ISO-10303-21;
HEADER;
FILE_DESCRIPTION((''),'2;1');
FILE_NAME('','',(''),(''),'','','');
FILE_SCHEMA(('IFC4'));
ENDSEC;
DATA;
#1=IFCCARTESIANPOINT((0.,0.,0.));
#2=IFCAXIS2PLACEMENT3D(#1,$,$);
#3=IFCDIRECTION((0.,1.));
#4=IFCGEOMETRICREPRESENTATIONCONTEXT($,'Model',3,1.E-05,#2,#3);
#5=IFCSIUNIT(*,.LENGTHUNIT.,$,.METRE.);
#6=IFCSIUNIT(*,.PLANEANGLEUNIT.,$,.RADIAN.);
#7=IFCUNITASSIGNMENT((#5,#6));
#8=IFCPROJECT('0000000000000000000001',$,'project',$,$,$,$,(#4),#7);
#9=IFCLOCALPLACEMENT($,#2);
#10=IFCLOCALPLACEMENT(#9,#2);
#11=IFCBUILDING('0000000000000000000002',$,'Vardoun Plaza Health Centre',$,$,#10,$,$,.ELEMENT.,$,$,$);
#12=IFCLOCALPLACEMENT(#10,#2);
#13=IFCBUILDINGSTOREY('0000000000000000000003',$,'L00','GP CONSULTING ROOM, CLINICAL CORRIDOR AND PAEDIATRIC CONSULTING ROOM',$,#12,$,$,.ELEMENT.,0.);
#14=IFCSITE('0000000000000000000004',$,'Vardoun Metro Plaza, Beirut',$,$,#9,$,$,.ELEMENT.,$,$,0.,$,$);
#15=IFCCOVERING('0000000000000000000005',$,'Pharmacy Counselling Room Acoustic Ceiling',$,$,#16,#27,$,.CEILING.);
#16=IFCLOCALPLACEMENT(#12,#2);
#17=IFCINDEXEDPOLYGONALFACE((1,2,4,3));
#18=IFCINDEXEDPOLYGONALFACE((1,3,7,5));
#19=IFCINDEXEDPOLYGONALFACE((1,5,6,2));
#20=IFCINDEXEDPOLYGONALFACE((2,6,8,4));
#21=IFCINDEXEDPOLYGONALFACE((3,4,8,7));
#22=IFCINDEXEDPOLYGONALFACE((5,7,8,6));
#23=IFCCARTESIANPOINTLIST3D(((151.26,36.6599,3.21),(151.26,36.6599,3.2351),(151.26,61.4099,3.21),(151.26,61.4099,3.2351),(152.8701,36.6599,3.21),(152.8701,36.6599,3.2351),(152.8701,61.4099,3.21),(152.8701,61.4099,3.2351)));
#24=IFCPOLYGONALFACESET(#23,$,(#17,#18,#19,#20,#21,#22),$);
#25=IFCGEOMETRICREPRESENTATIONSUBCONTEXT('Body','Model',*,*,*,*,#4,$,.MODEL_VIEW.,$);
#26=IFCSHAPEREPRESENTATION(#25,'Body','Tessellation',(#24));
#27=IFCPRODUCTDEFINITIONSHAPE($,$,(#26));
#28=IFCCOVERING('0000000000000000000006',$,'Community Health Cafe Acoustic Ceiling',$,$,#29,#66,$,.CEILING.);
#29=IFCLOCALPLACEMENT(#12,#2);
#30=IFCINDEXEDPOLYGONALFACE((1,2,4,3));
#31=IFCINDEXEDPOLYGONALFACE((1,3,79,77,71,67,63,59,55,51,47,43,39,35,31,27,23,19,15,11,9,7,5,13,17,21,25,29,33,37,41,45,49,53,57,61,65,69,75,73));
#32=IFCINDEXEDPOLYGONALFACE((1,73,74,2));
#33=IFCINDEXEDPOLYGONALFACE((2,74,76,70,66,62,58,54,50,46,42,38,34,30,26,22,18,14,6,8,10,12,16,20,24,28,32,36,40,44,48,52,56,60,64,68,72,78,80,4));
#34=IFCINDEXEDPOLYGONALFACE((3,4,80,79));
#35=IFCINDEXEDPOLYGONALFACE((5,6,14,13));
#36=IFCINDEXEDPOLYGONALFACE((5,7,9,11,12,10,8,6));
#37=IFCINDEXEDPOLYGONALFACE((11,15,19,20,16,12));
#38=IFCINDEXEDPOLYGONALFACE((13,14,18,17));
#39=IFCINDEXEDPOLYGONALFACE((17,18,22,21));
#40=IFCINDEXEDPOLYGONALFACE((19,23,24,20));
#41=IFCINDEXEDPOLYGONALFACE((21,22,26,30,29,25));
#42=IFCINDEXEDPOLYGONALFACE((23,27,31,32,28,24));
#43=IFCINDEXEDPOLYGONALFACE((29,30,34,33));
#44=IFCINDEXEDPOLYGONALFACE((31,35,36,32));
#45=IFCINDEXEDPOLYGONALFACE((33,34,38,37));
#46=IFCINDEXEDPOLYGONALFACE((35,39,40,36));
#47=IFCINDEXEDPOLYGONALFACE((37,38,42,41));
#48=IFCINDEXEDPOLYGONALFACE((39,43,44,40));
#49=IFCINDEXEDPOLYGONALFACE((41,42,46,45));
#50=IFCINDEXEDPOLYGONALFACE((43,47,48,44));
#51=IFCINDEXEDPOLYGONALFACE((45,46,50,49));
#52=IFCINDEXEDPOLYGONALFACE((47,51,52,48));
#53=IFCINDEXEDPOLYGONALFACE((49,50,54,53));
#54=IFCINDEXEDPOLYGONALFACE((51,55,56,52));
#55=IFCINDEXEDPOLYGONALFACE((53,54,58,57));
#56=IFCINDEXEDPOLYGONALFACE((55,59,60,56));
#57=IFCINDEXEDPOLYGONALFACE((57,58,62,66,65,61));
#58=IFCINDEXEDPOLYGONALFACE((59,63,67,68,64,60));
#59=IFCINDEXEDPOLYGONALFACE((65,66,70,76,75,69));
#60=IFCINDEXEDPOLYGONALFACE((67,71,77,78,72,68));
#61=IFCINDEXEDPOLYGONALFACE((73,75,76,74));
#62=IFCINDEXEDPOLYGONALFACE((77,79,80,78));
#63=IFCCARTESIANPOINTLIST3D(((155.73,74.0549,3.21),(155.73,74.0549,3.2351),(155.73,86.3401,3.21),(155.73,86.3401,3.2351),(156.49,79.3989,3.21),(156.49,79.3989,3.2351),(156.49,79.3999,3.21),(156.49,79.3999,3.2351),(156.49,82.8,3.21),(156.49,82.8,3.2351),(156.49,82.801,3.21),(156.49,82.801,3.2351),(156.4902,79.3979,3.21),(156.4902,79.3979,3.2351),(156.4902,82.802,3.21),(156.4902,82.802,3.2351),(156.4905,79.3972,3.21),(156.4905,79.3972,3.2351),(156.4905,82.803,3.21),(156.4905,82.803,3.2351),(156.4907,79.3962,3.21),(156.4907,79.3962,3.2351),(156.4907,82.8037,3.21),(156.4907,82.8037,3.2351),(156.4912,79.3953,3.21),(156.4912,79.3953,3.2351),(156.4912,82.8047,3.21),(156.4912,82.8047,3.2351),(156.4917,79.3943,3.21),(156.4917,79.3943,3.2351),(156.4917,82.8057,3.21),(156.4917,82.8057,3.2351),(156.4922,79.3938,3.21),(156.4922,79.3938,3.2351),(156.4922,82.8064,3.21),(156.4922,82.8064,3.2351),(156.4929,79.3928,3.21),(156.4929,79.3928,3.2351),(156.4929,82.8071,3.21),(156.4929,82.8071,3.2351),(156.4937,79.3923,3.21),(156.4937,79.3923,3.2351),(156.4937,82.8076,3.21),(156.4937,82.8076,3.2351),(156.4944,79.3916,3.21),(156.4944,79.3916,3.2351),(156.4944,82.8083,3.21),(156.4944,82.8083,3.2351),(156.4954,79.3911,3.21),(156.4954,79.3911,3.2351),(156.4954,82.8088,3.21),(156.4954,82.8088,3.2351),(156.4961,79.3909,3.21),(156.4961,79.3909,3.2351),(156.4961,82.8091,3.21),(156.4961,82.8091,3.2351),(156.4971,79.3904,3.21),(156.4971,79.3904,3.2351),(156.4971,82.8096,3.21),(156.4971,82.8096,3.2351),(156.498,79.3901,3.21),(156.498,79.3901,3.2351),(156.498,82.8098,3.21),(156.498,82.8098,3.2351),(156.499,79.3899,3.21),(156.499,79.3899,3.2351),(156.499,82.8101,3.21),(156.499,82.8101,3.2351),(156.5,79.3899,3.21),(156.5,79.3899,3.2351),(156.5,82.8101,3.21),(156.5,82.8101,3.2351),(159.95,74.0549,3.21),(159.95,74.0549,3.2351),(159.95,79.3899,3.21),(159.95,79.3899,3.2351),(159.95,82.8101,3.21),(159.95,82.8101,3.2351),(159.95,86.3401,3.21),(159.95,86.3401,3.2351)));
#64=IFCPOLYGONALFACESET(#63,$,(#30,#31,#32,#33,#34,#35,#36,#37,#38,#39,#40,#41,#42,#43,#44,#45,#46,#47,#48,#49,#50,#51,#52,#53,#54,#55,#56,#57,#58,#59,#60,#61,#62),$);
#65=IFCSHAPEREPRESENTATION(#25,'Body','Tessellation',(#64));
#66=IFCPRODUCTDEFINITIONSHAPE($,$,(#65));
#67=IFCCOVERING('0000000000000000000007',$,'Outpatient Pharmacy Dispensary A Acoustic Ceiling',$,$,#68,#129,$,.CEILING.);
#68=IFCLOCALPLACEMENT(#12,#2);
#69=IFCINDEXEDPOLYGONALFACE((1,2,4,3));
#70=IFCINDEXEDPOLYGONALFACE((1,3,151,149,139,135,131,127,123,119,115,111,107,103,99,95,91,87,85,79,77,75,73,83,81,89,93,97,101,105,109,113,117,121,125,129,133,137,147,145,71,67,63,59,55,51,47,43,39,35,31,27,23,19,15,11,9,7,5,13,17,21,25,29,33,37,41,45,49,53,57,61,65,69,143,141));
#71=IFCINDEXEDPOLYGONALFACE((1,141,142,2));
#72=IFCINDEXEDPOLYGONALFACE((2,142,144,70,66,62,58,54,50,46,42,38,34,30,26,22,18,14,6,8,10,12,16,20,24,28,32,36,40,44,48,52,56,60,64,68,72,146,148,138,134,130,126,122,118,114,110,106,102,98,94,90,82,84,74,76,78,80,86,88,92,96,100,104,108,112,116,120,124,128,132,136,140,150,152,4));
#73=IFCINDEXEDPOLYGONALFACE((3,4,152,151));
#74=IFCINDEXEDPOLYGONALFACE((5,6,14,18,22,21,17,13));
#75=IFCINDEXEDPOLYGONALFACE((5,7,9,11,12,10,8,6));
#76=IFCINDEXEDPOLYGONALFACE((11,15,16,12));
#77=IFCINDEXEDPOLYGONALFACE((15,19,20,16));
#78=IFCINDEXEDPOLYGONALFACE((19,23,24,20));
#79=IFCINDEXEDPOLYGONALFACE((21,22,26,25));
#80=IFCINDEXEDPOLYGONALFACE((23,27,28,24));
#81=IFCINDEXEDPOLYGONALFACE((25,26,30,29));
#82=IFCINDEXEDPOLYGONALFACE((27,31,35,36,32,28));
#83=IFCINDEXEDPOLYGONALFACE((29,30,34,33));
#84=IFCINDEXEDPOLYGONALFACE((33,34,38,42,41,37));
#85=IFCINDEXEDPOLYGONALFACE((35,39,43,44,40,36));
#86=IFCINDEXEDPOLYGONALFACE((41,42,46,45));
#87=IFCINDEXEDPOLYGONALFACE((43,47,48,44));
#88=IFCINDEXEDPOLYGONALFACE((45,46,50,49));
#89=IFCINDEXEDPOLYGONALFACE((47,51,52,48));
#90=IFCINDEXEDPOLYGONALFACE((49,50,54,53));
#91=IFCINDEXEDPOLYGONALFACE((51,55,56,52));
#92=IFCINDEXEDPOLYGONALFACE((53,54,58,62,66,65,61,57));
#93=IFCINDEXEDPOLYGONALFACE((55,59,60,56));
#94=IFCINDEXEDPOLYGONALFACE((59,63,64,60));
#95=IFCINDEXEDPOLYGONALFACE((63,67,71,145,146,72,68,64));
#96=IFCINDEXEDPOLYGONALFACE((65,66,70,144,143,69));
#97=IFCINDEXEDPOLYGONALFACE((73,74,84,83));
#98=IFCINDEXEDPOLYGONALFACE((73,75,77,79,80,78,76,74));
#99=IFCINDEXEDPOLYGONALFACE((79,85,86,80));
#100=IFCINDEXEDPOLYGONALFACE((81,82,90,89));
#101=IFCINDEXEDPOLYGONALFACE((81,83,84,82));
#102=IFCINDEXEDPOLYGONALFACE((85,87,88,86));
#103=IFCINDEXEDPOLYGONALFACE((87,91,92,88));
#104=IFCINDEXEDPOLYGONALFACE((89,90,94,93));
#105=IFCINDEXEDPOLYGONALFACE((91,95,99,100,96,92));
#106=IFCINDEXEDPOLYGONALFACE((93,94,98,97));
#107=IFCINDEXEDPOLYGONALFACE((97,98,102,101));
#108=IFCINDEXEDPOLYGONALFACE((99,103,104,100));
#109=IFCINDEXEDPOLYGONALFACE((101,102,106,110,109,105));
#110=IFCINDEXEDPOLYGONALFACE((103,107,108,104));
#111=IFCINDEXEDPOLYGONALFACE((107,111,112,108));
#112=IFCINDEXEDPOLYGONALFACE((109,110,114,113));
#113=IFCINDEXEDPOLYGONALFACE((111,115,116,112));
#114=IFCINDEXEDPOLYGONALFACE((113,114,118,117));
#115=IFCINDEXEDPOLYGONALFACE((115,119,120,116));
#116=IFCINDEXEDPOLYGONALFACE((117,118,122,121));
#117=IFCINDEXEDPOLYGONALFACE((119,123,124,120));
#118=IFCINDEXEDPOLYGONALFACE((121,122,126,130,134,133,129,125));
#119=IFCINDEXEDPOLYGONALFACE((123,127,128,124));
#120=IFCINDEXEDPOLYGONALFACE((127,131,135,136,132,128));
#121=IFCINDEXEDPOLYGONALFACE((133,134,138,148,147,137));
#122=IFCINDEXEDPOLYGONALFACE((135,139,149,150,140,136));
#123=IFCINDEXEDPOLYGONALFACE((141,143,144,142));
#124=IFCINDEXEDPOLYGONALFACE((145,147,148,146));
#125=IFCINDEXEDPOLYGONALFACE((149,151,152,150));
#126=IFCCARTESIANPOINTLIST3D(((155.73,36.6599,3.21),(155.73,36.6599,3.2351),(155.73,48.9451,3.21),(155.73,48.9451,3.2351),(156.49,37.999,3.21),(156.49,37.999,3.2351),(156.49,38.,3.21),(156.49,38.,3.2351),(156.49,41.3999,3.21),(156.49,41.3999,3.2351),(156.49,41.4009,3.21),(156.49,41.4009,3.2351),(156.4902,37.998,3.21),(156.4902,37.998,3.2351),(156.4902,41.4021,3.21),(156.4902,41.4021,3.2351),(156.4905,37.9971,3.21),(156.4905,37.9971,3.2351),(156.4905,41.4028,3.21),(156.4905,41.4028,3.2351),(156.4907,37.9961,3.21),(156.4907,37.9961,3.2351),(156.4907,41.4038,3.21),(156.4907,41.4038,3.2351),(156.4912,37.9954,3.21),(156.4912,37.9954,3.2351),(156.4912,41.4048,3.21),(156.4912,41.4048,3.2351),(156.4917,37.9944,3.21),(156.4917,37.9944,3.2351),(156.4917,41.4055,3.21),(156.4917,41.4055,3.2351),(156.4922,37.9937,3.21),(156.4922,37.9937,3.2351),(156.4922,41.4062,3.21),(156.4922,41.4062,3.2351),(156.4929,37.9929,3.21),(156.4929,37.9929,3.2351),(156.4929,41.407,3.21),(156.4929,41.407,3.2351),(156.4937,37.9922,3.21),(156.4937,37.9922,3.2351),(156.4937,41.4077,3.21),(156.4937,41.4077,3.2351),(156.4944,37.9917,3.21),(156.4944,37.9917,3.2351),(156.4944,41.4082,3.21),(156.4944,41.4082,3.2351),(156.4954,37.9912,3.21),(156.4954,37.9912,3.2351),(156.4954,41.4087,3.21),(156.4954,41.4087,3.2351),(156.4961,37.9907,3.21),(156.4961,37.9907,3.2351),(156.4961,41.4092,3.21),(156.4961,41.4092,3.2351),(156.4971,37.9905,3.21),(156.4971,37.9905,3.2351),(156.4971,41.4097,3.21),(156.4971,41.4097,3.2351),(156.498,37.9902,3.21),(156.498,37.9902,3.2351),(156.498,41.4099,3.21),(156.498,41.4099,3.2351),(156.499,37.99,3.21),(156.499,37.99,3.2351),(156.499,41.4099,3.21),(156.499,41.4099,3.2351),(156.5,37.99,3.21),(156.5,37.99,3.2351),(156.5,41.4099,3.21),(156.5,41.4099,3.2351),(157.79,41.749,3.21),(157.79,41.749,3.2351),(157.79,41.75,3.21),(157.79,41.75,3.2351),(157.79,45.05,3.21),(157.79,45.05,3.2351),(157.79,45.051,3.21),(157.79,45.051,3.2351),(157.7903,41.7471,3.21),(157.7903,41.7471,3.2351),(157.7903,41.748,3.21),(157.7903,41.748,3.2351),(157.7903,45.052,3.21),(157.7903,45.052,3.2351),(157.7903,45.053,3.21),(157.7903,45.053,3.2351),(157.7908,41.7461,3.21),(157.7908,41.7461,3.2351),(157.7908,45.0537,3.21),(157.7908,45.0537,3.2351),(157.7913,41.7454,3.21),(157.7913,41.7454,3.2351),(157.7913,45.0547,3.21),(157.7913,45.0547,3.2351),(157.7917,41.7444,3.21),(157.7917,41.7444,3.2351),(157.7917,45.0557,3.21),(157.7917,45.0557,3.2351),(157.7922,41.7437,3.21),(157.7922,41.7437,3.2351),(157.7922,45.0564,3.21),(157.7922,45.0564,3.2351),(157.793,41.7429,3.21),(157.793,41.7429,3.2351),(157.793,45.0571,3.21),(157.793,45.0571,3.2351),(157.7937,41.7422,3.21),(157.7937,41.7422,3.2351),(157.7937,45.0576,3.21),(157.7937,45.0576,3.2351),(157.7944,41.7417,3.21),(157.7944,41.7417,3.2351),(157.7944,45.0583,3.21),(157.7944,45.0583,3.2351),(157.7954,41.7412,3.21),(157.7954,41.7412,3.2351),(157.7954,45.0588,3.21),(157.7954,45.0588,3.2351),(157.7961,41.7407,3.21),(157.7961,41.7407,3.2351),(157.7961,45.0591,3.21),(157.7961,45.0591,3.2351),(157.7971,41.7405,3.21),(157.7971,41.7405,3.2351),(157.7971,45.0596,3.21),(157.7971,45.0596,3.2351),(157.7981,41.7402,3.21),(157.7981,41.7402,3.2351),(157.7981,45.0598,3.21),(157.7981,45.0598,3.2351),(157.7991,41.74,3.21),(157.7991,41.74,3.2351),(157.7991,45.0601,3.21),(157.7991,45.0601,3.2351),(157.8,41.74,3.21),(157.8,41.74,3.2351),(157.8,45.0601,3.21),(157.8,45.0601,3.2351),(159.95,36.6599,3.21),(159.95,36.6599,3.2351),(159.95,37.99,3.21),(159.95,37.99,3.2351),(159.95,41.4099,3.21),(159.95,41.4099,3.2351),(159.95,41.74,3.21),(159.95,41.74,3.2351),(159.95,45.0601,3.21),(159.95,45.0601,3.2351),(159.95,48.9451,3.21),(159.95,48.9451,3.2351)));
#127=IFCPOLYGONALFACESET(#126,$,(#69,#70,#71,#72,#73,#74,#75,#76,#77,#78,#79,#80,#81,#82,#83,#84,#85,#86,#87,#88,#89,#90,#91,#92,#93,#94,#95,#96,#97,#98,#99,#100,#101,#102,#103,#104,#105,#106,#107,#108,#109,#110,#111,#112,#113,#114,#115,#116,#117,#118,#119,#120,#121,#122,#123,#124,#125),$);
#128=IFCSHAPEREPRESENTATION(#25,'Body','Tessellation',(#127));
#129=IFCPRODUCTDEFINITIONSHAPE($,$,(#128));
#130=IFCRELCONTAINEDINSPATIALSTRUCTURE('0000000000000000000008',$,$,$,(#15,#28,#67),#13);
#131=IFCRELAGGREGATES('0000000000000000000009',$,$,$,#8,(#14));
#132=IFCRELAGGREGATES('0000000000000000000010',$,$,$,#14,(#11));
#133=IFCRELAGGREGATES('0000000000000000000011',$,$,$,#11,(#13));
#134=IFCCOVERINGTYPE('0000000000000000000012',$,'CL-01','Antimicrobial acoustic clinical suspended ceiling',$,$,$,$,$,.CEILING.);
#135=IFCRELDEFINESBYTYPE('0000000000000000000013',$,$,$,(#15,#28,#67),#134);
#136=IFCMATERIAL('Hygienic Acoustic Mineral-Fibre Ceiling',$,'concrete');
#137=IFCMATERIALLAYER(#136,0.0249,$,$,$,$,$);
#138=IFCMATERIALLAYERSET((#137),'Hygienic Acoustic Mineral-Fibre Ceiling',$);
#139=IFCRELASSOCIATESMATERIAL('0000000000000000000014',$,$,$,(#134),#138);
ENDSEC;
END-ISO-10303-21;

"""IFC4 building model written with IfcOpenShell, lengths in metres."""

from ifc_helpers import new_model, si_unit, direction, frame, origin, place, context, subcontext, project, spatial, polyline, outline, extrude, material, layer, layer_set, type_object, element, save


model = new_model("IFC4")

# Units and contexts
model_context = context("Model", 3, precision=1e-05, world=origin(), true_north=direction((0.0, 1.0)))
body_context = subcontext(model_context, "Body", "Model", "MODEL_VIEW")
ifc_project = project(units=[si_unit("LENGTHUNIT", "METRE"), si_unit("PLANEANGLEUNIT", "RADIAN")], contexts=[model_context])

# Site, building, storey
site_placement = place(None, origin())
site = spatial("IfcSite", under=ifc_project, at=site_placement, Name="Vardoun Metro Plaza, Beirut", CompositionType="ELEMENT", RefElevation=0.0)
building_placement = place(site_placement, origin())
building = spatial("IfcBuilding", under=site, at=building_placement, Name="Vardoun Plaza Health Centre", CompositionType="ELEMENT")
storey_placement = place(building_placement, origin())
storey = spatial("IfcBuildingStorey", under=building, at=storey_placement, Name="L00", Description="GP CONSULTING ROOM, CLINICAL CORRIDOR AND PAEDIATRIC CONSULTING ROOM", CompositionType="ELEMENT", Elevation=0.0)

# Coverings
ifc_material_1 = material(Name="Hygienic Acoustic Mineral-Fibre Ceiling", Category="concrete")
ifc_layer_1 = layer(ifc_material_1, 0.0249)
ifc_layer_set_1 = layer_set([ifc_layer_1], Name="Hygienic Acoustic Mineral-Fibre Ceiling")
covering_type_1 = type_object("IfcCoveringType", Name="CL-01", Description="Antimicrobial acoustic clinical suspended ceiling", PredefinedType="CEILING", material=ifc_layer_set_1)
covering_1_placement = place(storey_placement, frame((0.0, 0.0, 3.21)))
element("IfcCovering", 1, at=covering_1_placement, inside=storey, type_object=covering_type_1, Name="Pharmacy Counselling Room Acoustic Ceiling", PredefinedType="CEILING", context=body_context, shape_type="SweptSolid", body=[
    extrude(outline(polyline([(152.8701, 36.6599), (151.26, 36.6599), (151.26, 61.4099), (152.8701, 61.4099), (152.8701, 36.6599)])), origin(), (0.0, 0.0, 1.0), 0.0251),
])
covering_2_placement = place(storey_placement, frame((0.0, 0.0, 3.21)))
element("IfcCovering", 2, at=covering_2_placement, inside=storey, type_object=covering_type_1, Name="Community Health Cafe Acoustic Ceiling", PredefinedType="CEILING", context=body_context, shape_type="SweptSolid", body=[
    extrude(outline(polyline([(159.95, 86.3401), (159.95, 82.8101), (156.5, 82.8101), (156.499, 82.8101), (156.498, 82.8098), (156.4971, 82.8096), (156.4961, 82.8091), (156.4954, 82.8088), (156.4944, 82.8083), (156.4937, 82.8076), (156.4929, 82.8071), (156.4922, 82.8064), (156.4917, 82.8057), (156.4912, 82.8047), (156.4907, 82.8037), (156.4905, 82.803), (156.4902, 82.802), (156.49, 82.801), (156.49, 82.8), (156.49, 79.3999), (156.49, 79.3989), (156.4902, 79.3979), (156.4905, 79.3972), (156.4907, 79.3962), (156.4912, 79.3953), (156.4917, 79.3943), (156.4922, 79.3938), (156.4929, 79.3928), (156.4937, 79.3923), (156.4944, 79.3916), (156.4954, 79.3911), (156.4961, 79.3909), (156.4971, 79.3904), (156.498, 79.3901), (156.499, 79.3899), (156.5, 79.3899), (159.95, 79.3899), (159.95, 74.0549), (155.73, 74.0549), (155.73, 86.3401), (159.95, 86.3401)])), origin(), (0.0, 0.0, 1.0), 0.0251),
])
covering_3_placement = place(storey_placement, frame((0.0, 0.0, 3.21)))
element("IfcCovering", 3, at=covering_3_placement, inside=storey, type_object=covering_type_1, Name="Outpatient Pharmacy Dispensary A Acoustic Ceiling", PredefinedType="CEILING", context=body_context, shape_type="SweptSolid", body=[
    extrude(outline(polyline([(159.95, 45.0601), (157.8, 45.0601), (157.7991, 45.0601), (157.7981, 45.0598), (157.7971, 45.0596), (157.7961, 45.0591), (157.7954, 45.0588), (157.7944, 45.0583), (157.7937, 45.0576), (157.793, 45.0571), (157.7922, 45.0564), (157.7917, 45.0557), (157.7913, 45.0547), (157.7908, 45.0537), (157.7903, 45.053), (157.7903, 45.052), (157.79, 45.051), (157.79, 45.05), (157.79, 41.75), (157.79, 41.749), (157.7903, 41.748), (157.7903, 41.7471), (157.7908, 41.7461), (157.7913, 41.7454), (157.7917, 41.7444), (157.7922, 41.7437), (157.793, 41.7429), (157.7937, 41.7422), (157.7944, 41.7417), (157.7954, 41.7412), (157.7961, 41.7407), (157.7971, 41.7405), (157.7981, 41.7402), (157.7991, 41.74), (157.8, 41.74), (159.95, 41.74), (159.95, 41.4099), (156.5, 41.4099), (156.499, 41.4099), (156.498, 41.4099), (156.4971, 41.4097), (156.4961, 41.4092), (156.4954, 41.4087), (156.4944, 41.4082), (156.4937, 41.4077), (156.4929, 41.407), (156.4922, 41.4062), (156.4917, 41.4055), (156.4912, 41.4048), (156.4907, 41.4038), (156.4905, 41.4028), (156.4902, 41.4021), (156.49, 41.4009), (156.49, 41.3999), (156.49, 38.0), (156.49, 37.999), (156.4902, 37.998), (156.4905, 37.9971), (156.4907, 37.9961), (156.4912, 37.9954), (156.4917, 37.9944), (156.4922, 37.9937), (156.4929, 37.9929), (156.4937, 37.9922), (156.4944, 37.9917), (156.4954, 37.9912), (156.4961, 37.9907), (156.4971, 37.9905), (156.498, 37.9902), (156.499, 37.99), (156.5, 37.99), (159.95, 37.99), (159.95, 36.6599), (155.73, 36.6599), (155.73, 48.9451), (159.95, 48.9451), (159.95, 45.0601)])), origin(), (0.0, 0.0, 1.0), 0.0251),
])

save(model, "model.ifc")
